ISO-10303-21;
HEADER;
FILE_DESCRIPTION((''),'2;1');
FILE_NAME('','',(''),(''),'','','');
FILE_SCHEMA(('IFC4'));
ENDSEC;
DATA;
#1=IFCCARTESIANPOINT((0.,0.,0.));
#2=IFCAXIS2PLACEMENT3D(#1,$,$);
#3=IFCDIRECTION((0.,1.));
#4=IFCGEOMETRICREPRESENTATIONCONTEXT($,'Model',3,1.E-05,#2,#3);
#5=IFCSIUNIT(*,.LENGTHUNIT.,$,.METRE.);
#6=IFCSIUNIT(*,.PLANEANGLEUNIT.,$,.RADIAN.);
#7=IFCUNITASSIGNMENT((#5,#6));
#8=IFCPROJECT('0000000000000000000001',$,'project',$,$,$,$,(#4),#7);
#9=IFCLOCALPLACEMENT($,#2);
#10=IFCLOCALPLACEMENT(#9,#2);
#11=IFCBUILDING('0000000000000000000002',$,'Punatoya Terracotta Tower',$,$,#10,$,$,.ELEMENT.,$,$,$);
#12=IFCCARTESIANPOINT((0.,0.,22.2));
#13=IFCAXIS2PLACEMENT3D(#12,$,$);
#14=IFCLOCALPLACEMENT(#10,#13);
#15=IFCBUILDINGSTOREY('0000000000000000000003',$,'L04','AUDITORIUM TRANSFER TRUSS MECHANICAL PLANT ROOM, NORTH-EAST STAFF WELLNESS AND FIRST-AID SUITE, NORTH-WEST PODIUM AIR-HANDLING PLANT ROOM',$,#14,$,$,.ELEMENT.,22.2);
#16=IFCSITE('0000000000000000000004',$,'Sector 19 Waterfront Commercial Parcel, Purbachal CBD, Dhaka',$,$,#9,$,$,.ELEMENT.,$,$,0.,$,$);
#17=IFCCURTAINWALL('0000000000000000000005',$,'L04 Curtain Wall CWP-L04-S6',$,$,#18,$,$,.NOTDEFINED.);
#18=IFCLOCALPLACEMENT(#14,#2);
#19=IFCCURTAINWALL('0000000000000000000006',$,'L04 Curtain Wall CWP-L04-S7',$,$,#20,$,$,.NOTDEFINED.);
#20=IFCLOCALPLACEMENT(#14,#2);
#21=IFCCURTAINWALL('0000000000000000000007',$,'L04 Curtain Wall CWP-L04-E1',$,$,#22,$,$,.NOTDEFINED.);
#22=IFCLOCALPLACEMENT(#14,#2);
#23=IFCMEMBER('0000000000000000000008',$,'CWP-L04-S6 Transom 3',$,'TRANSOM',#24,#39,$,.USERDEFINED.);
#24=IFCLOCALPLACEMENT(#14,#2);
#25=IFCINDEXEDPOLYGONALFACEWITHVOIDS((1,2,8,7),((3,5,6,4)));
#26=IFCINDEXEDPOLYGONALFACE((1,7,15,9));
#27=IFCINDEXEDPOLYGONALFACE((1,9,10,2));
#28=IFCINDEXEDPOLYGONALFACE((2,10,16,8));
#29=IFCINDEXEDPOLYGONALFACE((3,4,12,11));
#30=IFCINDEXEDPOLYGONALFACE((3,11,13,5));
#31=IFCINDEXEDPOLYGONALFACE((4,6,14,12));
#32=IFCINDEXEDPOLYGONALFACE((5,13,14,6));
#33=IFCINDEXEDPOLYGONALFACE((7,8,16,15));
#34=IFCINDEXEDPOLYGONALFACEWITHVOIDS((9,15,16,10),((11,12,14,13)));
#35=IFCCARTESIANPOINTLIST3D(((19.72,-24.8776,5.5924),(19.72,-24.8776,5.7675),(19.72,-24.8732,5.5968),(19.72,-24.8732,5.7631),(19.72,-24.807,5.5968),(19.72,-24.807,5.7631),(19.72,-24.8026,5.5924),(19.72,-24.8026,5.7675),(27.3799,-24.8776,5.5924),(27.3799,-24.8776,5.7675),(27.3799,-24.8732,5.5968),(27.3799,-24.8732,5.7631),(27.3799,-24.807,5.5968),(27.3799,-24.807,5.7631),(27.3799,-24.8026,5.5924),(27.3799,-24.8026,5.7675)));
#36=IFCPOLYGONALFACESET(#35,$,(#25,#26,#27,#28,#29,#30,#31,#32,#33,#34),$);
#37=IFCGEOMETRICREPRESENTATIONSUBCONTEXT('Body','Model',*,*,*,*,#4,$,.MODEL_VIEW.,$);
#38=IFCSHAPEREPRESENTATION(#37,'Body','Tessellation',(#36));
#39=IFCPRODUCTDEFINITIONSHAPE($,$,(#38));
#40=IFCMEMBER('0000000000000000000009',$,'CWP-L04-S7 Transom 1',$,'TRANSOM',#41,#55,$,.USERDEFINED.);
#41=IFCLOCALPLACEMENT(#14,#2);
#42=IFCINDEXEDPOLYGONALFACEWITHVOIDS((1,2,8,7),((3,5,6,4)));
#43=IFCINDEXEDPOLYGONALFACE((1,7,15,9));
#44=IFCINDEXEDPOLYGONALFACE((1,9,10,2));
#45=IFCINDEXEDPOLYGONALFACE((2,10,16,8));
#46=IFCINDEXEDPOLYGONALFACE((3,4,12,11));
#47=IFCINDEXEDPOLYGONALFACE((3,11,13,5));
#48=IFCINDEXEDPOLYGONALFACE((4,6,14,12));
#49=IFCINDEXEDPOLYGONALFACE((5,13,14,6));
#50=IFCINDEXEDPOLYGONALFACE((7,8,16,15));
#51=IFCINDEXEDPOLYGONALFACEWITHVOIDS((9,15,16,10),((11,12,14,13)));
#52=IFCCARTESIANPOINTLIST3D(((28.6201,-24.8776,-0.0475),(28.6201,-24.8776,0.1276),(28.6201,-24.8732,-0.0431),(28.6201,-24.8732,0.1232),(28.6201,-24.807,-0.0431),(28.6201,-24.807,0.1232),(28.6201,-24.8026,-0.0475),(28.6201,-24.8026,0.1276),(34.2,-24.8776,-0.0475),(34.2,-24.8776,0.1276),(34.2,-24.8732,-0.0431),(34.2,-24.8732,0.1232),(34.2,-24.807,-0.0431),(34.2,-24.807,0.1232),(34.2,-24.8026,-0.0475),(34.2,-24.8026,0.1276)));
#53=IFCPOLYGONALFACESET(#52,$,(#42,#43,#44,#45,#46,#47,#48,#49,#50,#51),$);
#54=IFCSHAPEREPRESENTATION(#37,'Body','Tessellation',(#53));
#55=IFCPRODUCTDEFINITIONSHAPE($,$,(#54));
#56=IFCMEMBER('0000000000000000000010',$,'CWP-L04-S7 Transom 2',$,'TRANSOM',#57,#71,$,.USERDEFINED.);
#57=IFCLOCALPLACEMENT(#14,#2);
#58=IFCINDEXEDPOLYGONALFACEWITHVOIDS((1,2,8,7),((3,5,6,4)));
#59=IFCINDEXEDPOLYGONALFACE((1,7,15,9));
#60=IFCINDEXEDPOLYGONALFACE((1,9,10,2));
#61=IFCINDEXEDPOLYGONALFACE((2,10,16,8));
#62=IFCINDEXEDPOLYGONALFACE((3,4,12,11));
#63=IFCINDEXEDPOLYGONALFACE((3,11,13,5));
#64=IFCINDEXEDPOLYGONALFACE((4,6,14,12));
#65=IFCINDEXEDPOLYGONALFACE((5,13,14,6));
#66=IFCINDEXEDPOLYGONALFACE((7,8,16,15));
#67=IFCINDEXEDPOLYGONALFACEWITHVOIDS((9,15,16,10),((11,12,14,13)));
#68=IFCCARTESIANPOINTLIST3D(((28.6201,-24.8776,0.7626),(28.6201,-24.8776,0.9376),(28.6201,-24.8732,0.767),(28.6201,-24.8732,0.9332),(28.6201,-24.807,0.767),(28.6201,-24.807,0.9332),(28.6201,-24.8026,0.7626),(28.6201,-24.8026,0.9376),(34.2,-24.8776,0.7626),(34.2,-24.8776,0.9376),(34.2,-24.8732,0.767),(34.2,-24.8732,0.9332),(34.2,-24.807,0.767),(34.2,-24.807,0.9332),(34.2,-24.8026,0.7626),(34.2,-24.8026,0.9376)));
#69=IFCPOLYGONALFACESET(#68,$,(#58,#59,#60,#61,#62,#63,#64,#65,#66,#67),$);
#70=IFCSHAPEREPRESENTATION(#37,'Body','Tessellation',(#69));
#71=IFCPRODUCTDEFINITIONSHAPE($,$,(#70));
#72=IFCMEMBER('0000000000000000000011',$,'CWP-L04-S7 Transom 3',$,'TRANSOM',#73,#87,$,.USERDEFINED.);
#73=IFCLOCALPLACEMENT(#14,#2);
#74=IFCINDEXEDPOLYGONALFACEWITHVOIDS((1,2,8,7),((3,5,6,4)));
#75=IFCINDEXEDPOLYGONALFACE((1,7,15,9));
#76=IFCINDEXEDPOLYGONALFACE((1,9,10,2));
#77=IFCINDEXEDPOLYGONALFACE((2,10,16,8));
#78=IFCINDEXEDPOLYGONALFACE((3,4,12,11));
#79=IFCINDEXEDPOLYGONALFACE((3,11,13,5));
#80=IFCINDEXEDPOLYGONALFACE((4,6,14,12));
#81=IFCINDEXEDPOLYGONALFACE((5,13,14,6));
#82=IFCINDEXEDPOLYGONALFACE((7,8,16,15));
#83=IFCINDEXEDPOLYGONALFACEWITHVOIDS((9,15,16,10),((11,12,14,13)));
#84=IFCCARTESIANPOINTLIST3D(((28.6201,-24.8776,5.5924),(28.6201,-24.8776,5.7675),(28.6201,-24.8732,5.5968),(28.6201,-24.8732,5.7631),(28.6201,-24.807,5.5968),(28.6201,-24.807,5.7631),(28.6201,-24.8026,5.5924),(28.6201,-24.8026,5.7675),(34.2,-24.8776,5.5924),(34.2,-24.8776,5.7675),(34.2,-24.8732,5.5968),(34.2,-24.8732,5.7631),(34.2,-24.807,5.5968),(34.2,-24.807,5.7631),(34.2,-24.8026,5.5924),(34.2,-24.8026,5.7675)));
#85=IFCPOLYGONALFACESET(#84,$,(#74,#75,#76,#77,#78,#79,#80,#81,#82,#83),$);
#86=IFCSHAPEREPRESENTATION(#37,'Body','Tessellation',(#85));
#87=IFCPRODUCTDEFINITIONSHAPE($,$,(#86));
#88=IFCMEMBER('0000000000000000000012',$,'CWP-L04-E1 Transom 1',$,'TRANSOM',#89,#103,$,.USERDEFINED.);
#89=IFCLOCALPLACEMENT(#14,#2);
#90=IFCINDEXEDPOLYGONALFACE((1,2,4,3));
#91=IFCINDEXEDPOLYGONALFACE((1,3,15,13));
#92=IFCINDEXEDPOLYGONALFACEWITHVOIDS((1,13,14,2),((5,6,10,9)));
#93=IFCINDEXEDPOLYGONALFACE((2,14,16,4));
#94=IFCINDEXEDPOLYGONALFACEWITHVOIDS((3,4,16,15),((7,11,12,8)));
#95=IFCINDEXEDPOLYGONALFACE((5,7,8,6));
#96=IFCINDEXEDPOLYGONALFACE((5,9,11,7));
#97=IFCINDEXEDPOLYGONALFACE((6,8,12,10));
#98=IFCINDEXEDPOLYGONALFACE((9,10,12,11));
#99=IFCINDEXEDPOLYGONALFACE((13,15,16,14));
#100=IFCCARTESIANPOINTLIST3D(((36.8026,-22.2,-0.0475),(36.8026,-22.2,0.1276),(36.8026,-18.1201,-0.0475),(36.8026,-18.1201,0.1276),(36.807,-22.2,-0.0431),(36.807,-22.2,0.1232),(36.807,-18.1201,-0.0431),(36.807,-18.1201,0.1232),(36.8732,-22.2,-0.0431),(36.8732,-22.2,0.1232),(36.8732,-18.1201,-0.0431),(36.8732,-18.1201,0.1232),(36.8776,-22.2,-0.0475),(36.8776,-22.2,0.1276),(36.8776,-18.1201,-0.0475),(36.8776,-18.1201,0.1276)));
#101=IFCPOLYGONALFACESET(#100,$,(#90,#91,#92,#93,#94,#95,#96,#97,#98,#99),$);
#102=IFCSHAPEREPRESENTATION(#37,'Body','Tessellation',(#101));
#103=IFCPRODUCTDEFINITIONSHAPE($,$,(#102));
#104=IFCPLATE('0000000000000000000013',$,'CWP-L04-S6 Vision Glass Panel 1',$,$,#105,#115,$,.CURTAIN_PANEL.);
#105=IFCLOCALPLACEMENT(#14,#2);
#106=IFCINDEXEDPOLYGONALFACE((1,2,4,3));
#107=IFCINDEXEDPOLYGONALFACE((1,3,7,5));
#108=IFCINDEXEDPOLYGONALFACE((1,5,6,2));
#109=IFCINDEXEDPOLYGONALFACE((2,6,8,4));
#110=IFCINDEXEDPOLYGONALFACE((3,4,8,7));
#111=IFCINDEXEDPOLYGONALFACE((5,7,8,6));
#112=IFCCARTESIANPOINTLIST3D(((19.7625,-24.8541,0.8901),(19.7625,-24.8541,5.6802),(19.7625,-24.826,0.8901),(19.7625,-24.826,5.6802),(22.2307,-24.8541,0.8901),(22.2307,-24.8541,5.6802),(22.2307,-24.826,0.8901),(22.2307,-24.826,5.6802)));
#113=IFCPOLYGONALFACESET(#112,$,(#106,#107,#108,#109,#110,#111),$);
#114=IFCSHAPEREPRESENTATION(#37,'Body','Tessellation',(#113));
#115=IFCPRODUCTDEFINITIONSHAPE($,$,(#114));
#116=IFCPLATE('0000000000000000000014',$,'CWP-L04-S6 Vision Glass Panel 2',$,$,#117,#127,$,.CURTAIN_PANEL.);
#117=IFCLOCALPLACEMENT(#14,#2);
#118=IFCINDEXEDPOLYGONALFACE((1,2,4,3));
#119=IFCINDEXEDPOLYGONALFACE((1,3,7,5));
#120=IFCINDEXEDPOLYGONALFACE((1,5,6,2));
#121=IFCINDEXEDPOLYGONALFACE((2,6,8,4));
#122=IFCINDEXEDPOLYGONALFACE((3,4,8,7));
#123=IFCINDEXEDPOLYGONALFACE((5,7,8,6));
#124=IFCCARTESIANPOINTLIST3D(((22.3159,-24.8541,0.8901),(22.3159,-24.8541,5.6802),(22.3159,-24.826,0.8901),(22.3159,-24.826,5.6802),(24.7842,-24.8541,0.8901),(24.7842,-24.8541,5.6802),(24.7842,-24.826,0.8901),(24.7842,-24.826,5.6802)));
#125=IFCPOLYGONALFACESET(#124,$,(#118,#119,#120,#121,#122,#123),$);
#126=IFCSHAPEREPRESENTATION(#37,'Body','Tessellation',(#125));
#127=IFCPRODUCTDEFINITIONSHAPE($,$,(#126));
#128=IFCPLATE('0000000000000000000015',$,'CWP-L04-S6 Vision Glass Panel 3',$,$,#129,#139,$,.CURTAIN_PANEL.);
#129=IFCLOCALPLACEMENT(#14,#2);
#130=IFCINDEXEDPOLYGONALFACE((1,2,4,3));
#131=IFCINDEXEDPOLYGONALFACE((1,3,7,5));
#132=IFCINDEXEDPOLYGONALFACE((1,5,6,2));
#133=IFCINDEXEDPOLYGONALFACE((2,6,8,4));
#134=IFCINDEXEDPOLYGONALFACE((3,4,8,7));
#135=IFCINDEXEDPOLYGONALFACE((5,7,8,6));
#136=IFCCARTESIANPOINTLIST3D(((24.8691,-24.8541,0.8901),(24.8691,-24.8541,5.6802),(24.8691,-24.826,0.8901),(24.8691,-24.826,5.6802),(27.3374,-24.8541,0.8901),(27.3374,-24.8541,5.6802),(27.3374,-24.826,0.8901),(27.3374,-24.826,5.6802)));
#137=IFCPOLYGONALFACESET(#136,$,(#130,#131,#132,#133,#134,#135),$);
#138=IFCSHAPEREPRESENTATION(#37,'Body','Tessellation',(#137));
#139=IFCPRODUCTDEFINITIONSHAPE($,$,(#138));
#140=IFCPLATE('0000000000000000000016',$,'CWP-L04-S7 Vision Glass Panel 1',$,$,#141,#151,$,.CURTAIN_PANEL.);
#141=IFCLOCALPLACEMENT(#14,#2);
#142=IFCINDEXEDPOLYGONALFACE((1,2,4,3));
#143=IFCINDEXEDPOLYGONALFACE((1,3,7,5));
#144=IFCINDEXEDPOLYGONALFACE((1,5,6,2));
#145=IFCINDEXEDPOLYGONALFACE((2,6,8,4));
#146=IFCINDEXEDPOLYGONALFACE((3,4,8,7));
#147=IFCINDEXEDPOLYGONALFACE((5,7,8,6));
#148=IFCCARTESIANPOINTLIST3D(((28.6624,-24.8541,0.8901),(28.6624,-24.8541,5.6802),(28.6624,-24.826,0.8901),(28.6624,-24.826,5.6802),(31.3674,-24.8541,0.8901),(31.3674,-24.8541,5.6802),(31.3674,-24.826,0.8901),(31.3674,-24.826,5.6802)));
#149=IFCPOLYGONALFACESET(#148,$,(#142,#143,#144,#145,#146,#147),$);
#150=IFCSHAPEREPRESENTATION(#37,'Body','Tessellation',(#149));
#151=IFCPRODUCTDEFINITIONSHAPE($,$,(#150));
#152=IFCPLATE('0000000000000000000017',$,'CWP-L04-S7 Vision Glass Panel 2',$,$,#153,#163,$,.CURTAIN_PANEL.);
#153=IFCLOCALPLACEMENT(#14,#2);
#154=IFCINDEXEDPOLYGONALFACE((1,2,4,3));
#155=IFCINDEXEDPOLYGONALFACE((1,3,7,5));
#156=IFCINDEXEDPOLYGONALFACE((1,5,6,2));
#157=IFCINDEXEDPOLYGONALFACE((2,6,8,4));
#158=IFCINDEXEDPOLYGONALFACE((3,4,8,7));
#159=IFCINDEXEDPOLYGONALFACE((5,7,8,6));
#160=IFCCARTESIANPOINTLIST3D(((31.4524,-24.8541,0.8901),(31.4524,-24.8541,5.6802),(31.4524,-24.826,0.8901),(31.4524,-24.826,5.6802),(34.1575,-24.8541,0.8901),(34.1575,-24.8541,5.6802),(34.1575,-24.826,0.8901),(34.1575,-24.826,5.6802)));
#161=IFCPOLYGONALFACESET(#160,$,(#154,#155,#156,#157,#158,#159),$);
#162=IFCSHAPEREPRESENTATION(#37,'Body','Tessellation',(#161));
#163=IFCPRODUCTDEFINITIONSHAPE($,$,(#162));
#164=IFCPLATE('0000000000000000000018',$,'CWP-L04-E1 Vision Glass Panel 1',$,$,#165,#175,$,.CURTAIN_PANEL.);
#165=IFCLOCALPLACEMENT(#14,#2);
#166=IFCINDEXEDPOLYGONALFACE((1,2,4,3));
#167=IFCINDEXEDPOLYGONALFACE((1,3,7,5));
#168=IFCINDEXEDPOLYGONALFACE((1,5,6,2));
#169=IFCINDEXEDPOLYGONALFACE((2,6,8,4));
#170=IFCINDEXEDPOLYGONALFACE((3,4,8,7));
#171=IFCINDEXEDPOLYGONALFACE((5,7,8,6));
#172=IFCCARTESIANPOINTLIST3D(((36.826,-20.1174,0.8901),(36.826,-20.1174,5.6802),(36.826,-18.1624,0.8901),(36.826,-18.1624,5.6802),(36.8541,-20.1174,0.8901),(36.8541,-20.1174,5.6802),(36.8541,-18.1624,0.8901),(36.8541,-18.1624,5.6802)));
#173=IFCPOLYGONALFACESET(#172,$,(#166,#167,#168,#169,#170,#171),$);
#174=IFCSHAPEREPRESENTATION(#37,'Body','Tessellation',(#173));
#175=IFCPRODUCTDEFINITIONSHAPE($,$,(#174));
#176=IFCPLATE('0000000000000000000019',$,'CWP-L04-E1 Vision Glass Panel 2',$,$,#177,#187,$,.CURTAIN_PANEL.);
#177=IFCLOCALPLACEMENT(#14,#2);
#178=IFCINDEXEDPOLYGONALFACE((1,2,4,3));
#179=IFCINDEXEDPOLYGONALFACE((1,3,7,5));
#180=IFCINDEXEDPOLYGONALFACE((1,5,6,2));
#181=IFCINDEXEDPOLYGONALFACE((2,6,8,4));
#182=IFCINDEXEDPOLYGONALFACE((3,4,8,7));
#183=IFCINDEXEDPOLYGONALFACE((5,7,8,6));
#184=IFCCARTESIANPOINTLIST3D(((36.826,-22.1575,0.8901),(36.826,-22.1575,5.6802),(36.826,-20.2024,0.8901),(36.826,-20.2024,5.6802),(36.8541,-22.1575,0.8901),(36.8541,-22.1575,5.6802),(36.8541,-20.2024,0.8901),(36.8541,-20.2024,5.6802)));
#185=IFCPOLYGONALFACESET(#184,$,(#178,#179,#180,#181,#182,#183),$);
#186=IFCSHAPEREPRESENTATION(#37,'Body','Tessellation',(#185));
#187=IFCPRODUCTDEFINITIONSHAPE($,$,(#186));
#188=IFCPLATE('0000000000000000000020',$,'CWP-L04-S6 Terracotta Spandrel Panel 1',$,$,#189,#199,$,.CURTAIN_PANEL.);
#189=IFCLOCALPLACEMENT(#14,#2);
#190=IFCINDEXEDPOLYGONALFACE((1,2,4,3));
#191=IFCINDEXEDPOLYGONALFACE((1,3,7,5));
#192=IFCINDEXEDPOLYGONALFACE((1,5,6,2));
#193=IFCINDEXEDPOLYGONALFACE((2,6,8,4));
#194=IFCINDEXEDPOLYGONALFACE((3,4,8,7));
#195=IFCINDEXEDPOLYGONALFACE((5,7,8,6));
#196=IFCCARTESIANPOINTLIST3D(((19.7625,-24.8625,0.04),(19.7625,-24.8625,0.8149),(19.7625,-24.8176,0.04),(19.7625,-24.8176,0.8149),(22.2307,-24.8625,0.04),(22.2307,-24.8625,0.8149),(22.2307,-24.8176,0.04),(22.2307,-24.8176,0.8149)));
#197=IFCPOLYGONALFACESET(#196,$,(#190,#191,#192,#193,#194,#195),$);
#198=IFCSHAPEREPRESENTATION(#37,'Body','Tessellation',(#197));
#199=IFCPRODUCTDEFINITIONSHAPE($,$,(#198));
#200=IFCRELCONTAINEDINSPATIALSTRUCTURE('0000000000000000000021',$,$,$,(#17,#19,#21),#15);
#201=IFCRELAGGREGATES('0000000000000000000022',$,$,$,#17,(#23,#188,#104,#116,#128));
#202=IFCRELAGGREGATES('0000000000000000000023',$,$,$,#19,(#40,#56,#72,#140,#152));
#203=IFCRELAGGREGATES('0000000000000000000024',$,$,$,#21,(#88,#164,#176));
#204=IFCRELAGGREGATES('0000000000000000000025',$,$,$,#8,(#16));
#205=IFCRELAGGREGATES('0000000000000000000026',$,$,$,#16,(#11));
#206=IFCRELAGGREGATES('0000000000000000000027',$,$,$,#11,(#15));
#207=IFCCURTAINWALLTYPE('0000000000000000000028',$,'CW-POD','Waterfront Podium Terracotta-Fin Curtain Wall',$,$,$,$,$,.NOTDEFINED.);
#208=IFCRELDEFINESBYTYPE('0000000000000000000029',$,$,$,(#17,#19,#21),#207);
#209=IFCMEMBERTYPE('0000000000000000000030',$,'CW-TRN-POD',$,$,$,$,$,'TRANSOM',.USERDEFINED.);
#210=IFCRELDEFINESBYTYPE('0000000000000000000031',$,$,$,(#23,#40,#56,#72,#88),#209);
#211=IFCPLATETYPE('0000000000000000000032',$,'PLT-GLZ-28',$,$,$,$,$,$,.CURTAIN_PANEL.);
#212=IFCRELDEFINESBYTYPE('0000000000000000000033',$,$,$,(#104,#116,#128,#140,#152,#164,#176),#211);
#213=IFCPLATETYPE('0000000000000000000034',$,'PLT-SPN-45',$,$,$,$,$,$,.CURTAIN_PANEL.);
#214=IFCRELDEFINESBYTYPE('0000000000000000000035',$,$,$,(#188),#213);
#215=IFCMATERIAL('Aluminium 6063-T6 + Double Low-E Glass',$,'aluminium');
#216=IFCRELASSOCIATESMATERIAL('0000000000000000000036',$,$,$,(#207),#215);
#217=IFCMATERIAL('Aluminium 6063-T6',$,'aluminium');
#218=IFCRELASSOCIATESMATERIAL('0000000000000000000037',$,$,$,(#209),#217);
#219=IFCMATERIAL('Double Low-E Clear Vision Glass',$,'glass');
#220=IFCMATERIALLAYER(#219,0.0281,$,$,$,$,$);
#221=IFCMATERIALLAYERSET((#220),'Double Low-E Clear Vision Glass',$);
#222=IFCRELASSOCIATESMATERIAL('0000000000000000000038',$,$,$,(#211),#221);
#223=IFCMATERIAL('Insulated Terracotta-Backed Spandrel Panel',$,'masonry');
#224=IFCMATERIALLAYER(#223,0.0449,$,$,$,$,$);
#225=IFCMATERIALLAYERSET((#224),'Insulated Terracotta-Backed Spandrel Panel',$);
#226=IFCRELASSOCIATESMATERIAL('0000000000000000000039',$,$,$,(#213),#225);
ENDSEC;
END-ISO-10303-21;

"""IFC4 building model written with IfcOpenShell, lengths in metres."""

from ifc_helpers import new_model, si_unit, direction, frame, origin, origin_2d, place, context, subcontext, project, spatial, rectangle, hollow_rectangle, extrude, material, layer, layer_set, material_profile, profile_set, type_object, element, aggregate, save


model = new_model("IFC4")

# Units and contexts
model_context = context("Model", 3, precision=1e-05, world=origin(), true_north=direction((0.0, 1.0)))
body_context = subcontext(model_context, "Body", "Model", "MODEL_VIEW")
ifc_project = project(units=[si_unit("LENGTHUNIT", "METRE"), si_unit("PLANEANGLEUNIT", "RADIAN")], contexts=[model_context])

# Site, building, storey
site_placement = place(None, origin())
site = spatial("IfcSite", under=ifc_project, at=site_placement, Name="Sector 19 Waterfront Commercial Parcel, Purbachal CBD, Dhaka", CompositionType="ELEMENT", RefElevation=0.0)
building_placement = place(site_placement, origin())
building = spatial("IfcBuilding", under=site, at=building_placement, Name="Punatoya Terracotta Tower", CompositionType="ELEMENT")
storey_placement = place(building_placement, frame((0.0, 0.0, 22.2)))
storey = spatial("IfcBuildingStorey", under=building, at=storey_placement, Name="L04", Description="AUDITORIUM TRANSFER TRUSS MECHANICAL PLANT ROOM, NORTH-EAST STAFF WELLNESS AND FIRST-AID SUITE, NORTH-WEST PODIUM AIR-HANDLING PLANT ROOM", CompositionType="ELEMENT", Elevation=22.2)

# Curtain walls
ifc_material_1 = material(Name="Aluminium 6063-T6 + Double Low-E Glass", Category="aluminium")
curtain_wall_type = type_object("IfcCurtainWallType", Name="CW-POD", Description="Waterfront Podium Terracotta-Fin Curtain Wall", PredefinedType="NOTDEFINED", material=ifc_material_1)
curtain_wall_1_placement = place(storey_placement, origin())
curtain_wall_1 = element("IfcCurtainWall", 1, at=curtain_wall_1_placement, inside=storey, type_object=curtain_wall_type, Name="L04 Curtain Wall CWP-L04-S6", PredefinedType="NOTDEFINED")
ifc_material_2 = material(Name="Aluminium 6063-T6", Category="aluminium")
curtain_wall_2_placement = place(storey_placement, origin())
curtain_wall_2 = element("IfcCurtainWall", 2, at=curtain_wall_2_placement, inside=storey, type_object=curtain_wall_type, Name="L04 Curtain Wall CWP-L04-S7", PredefinedType="NOTDEFINED")
curtain_wall_3_placement = place(storey_placement, origin())
curtain_wall_3 = element("IfcCurtainWall", 3, at=curtain_wall_3_placement, inside=storey, type_object=curtain_wall_type, Name="L04 Curtain Wall CWP-L04-E1", PredefinedType="NOTDEFINED")

# Members
ifc_material_profile_1 = material_profile(ifc_material_2, hollow_rectangle(XDim=0.075, YDim=0.175, WallThickness=0.0044, at=origin_2d()))
ifc_profile_set_1 = profile_set([ifc_material_profile_1], Name="Aluminium 6063-T6")
member_type_1 = type_object("IfcMemberType", Name="CW-TRN-POD", ElementType="TRANSOM", PredefinedType="USERDEFINED", material=ifc_profile_set_1)
member_1_placement = place(storey_placement, frame((19.72, -24.8401, 5.6799), z_axis=(1.0, 0.0, 0.0), x_axis=(0.0, 1.0, 0.0)))
member_1 = element("IfcMember", 4, at=member_1_placement, type_object=member_type_1, Name="CWP-L04-S6 Transom 3", ObjectType="TRANSOM", PredefinedType="USERDEFINED", context=body_context, shape_type="SweptSolid", body=[
    extrude(hollow_rectangle(XDim=0.075, YDim=0.175, WallThickness=0.0044, at=origin_2d()), origin(), (0.0, 0.0, 1.0), 7.6599),
])
member_2_placement = place(storey_placement, frame((28.6201, -24.8401, 0.04), z_axis=(1.0, 0.0, 0.0), x_axis=(0.0, 1.0, 0.0)))
member_2 = element("IfcMember", 5, at=member_2_placement, type_object=member_type_1, Name="CWP-L04-S7 Transom 1", ObjectType="TRANSOM", PredefinedType="USERDEFINED", context=body_context, shape_type="SweptSolid", body=[
    extrude(hollow_rectangle(XDim=0.075, YDim=0.175, WallThickness=0.0044, at=origin_2d()), origin(), (0.0, 0.0, 1.0), 5.5798),
])
member_3_placement = place(storey_placement, frame((28.6201, -24.8401, 0.8501), z_axis=(1.0, 0.0, 0.0), x_axis=(0.0, 1.0, 0.0)))
member_3 = element("IfcMember", 6, at=member_3_placement, type_object=member_type_1, Name="CWP-L04-S7 Transom 2", ObjectType="TRANSOM", PredefinedType="USERDEFINED", context=body_context, shape_type="SweptSolid", body=[
    extrude(hollow_rectangle(XDim=0.075, YDim=0.175, WallThickness=0.0044, at=origin_2d()), origin(), (0.0, 0.0, 1.0), 5.5798),
])
member_4_placement = place(storey_placement, frame((28.6201, -24.8401, 5.6799), z_axis=(1.0, 0.0, 0.0), x_axis=(0.0, 1.0, 0.0)))
member_4 = element("IfcMember", 7, at=member_4_placement, type_object=member_type_1, Name="CWP-L04-S7 Transom 3", ObjectType="TRANSOM", PredefinedType="USERDEFINED", context=body_context, shape_type="SweptSolid", body=[
    extrude(hollow_rectangle(XDim=0.075, YDim=0.175, WallThickness=0.0044, at=origin_2d()), origin(), (0.0, 0.0, 1.0), 5.5798),
])
member_5_placement = place(storey_placement, frame((36.8401, -18.1201, 0.04), z_axis=(0.0, -1.0, 0.0), x_axis=(1.0, 0.0, 0.0)))
member_5 = element("IfcMember", 8, at=member_5_placement, type_object=member_type_1, Name="CWP-L04-E1 Transom 1", ObjectType="TRANSOM", PredefinedType="USERDEFINED", context=body_context, shape_type="SweptSolid", body=[
    extrude(hollow_rectangle(XDim=0.075, YDim=0.175, WallThickness=0.0044, at=origin_2d()), origin(), (0.0, 0.0, 1.0), 4.0798),
])

# Plates
ifc_material_3 = material(Name="Double Low-E Clear Vision Glass", Category="glass")
ifc_layer_1 = layer(ifc_material_3, 0.0281)
ifc_layer_set_1 = layer_set([ifc_layer_1], Name="Double Low-E Clear Vision Glass")
plate_type_1 = type_object("IfcPlateType", Name="PLT-GLZ-28", PredefinedType="CURTAIN_PANEL", material=ifc_layer_set_1)
plate_1_placement = place(storey_placement, frame((20.9966, -24.8401, 0.8901), z_axis=(0.0, 0.0, 1.0), x_axis=(1.0, 0.0, 0.0)))
plate_1 = element("IfcPlate", 9, at=plate_1_placement, type_object=plate_type_1, Name="CWP-L04-S6 Vision Glass Panel 1", PredefinedType="CURTAIN_PANEL", context=body_context, shape_type="SweptSolid", body=[
    extrude(rectangle(XDim=2.4683, YDim=0.0281, at=origin_2d()), origin(), (0.0, 0.0, 1.0), 4.79),
])
plate_2_placement = place(storey_placement, frame((23.55, -24.8401, 0.8901), z_axis=(0.0, 0.0, 1.0), x_axis=(1.0, 0.0, 0.0)))
plate_2 = element("IfcPlate", 10, at=plate_2_placement, type_object=plate_type_1, Name="CWP-L04-S6 Vision Glass Panel 2", PredefinedType="CURTAIN_PANEL", context=body_context, shape_type="SweptSolid", body=[
    extrude(rectangle(XDim=2.4683, YDim=0.0281, at=origin_2d()), origin(), (0.0, 0.0, 1.0), 4.79),
])
plate_3_placement = place(storey_placement, frame((26.1033, -24.8401, 0.8901), z_axis=(0.0, 0.0, 1.0), x_axis=(1.0, 0.0, 0.0)))
plate_3 = element("IfcPlate", 11, at=plate_3_placement, type_object=plate_type_1, Name="CWP-L04-S6 Vision Glass Panel 3", PredefinedType="CURTAIN_PANEL", context=body_context, shape_type="SweptSolid", body=[
    extrude(rectangle(XDim=2.4683, YDim=0.0281, at=origin_2d()), origin(), (0.0, 0.0, 1.0), 4.79),
])
plate_4_placement = place(storey_placement, frame((30.0149, -24.8401, 0.8901), z_axis=(0.0, 0.0, 1.0), x_axis=(1.0, 0.0, 0.0)))
plate_4 = element("IfcPlate", 12, at=plate_4_placement, type_object=plate_type_1, Name="CWP-L04-S7 Vision Glass Panel 1", PredefinedType="CURTAIN_PANEL", context=body_context, shape_type="SweptSolid", body=[
    extrude(rectangle(XDim=2.7051, YDim=0.0281, at=origin_2d()), origin(), (0.0, 0.0, 1.0), 4.79),
])
plate_5_placement = place(storey_placement, frame((32.8049, -24.8401, 0.8901), z_axis=(0.0, 0.0, 1.0), x_axis=(1.0, 0.0, 0.0)))
plate_5 = element("IfcPlate", 13, at=plate_5_placement, type_object=plate_type_1, Name="CWP-L04-S7 Vision Glass Panel 2", PredefinedType="CURTAIN_PANEL", context=body_context, shape_type="SweptSolid", body=[
    extrude(rectangle(XDim=2.7051, YDim=0.0281, at=origin_2d()), origin(), (0.0, 0.0, 1.0), 4.79),
])
plate_6_placement = place(storey_placement, frame((36.8401, -19.1399, 0.8901), z_axis=(0.0, 0.0, 1.0), x_axis=(0.0, -1.0, 0.0)))
plate_6 = element("IfcPlate", 14, at=plate_6_placement, type_object=plate_type_1, Name="CWP-L04-E1 Vision Glass Panel 1", PredefinedType="CURTAIN_PANEL", context=body_context, shape_type="SweptSolid", body=[
    extrude(rectangle(XDim=1.9551, YDim=0.0281, at=origin_2d()), origin(), (0.0, 0.0, 1.0), 4.79),
])
plate_7_placement = place(storey_placement, frame((36.8401, -21.1799, 0.8901), z_axis=(0.0, 0.0, 1.0), x_axis=(0.0, -1.0, 0.0)))
plate_7 = element("IfcPlate", 15, at=plate_7_placement, type_object=plate_type_1, Name="CWP-L04-E1 Vision Glass Panel 2", PredefinedType="CURTAIN_PANEL", context=body_context, shape_type="SweptSolid", body=[
    extrude(rectangle(XDim=1.9551, YDim=0.0281, at=origin_2d()), origin(), (0.0, 0.0, 1.0), 4.79),
])
ifc_material_4 = material(Name="Insulated Terracotta-Backed Spandrel Panel", Category="masonry")
ifc_layer_2 = layer(ifc_material_4, 0.0449)
ifc_layer_set_2 = layer_set([ifc_layer_2], Name="Insulated Terracotta-Backed Spandrel Panel")
plate_type_2 = type_object("IfcPlateType", Name="PLT-SPN-45", PredefinedType="CURTAIN_PANEL", material=ifc_layer_set_2)
plate_8_placement = place(storey_placement, frame((20.9966, -24.8401, 0.04), z_axis=(0.0, 0.0, 1.0), x_axis=(1.0, 0.0, 0.0)))
plate_8 = element("IfcPlate", 16, at=plate_8_placement, type_object=plate_type_2, Name="CWP-L04-S6 Terracotta Spandrel Panel 1", PredefinedType="CURTAIN_PANEL", context=body_context, shape_type="SweptSolid", body=[
    extrude(rectangle(XDim=2.4683, YDim=0.0449, at=origin_2d()), origin(), (0.0, 0.0, 1.0), 0.7749),
])
aggregate(curtain_wall_1, [member_1, plate_8, plate_1, plate_2, plate_3])
aggregate(curtain_wall_2, [member_2, member_3, member_4, plate_4, plate_5])
aggregate(curtain_wall_3, [member_5, plate_6, plate_7])

save(model, "model.ifc")
